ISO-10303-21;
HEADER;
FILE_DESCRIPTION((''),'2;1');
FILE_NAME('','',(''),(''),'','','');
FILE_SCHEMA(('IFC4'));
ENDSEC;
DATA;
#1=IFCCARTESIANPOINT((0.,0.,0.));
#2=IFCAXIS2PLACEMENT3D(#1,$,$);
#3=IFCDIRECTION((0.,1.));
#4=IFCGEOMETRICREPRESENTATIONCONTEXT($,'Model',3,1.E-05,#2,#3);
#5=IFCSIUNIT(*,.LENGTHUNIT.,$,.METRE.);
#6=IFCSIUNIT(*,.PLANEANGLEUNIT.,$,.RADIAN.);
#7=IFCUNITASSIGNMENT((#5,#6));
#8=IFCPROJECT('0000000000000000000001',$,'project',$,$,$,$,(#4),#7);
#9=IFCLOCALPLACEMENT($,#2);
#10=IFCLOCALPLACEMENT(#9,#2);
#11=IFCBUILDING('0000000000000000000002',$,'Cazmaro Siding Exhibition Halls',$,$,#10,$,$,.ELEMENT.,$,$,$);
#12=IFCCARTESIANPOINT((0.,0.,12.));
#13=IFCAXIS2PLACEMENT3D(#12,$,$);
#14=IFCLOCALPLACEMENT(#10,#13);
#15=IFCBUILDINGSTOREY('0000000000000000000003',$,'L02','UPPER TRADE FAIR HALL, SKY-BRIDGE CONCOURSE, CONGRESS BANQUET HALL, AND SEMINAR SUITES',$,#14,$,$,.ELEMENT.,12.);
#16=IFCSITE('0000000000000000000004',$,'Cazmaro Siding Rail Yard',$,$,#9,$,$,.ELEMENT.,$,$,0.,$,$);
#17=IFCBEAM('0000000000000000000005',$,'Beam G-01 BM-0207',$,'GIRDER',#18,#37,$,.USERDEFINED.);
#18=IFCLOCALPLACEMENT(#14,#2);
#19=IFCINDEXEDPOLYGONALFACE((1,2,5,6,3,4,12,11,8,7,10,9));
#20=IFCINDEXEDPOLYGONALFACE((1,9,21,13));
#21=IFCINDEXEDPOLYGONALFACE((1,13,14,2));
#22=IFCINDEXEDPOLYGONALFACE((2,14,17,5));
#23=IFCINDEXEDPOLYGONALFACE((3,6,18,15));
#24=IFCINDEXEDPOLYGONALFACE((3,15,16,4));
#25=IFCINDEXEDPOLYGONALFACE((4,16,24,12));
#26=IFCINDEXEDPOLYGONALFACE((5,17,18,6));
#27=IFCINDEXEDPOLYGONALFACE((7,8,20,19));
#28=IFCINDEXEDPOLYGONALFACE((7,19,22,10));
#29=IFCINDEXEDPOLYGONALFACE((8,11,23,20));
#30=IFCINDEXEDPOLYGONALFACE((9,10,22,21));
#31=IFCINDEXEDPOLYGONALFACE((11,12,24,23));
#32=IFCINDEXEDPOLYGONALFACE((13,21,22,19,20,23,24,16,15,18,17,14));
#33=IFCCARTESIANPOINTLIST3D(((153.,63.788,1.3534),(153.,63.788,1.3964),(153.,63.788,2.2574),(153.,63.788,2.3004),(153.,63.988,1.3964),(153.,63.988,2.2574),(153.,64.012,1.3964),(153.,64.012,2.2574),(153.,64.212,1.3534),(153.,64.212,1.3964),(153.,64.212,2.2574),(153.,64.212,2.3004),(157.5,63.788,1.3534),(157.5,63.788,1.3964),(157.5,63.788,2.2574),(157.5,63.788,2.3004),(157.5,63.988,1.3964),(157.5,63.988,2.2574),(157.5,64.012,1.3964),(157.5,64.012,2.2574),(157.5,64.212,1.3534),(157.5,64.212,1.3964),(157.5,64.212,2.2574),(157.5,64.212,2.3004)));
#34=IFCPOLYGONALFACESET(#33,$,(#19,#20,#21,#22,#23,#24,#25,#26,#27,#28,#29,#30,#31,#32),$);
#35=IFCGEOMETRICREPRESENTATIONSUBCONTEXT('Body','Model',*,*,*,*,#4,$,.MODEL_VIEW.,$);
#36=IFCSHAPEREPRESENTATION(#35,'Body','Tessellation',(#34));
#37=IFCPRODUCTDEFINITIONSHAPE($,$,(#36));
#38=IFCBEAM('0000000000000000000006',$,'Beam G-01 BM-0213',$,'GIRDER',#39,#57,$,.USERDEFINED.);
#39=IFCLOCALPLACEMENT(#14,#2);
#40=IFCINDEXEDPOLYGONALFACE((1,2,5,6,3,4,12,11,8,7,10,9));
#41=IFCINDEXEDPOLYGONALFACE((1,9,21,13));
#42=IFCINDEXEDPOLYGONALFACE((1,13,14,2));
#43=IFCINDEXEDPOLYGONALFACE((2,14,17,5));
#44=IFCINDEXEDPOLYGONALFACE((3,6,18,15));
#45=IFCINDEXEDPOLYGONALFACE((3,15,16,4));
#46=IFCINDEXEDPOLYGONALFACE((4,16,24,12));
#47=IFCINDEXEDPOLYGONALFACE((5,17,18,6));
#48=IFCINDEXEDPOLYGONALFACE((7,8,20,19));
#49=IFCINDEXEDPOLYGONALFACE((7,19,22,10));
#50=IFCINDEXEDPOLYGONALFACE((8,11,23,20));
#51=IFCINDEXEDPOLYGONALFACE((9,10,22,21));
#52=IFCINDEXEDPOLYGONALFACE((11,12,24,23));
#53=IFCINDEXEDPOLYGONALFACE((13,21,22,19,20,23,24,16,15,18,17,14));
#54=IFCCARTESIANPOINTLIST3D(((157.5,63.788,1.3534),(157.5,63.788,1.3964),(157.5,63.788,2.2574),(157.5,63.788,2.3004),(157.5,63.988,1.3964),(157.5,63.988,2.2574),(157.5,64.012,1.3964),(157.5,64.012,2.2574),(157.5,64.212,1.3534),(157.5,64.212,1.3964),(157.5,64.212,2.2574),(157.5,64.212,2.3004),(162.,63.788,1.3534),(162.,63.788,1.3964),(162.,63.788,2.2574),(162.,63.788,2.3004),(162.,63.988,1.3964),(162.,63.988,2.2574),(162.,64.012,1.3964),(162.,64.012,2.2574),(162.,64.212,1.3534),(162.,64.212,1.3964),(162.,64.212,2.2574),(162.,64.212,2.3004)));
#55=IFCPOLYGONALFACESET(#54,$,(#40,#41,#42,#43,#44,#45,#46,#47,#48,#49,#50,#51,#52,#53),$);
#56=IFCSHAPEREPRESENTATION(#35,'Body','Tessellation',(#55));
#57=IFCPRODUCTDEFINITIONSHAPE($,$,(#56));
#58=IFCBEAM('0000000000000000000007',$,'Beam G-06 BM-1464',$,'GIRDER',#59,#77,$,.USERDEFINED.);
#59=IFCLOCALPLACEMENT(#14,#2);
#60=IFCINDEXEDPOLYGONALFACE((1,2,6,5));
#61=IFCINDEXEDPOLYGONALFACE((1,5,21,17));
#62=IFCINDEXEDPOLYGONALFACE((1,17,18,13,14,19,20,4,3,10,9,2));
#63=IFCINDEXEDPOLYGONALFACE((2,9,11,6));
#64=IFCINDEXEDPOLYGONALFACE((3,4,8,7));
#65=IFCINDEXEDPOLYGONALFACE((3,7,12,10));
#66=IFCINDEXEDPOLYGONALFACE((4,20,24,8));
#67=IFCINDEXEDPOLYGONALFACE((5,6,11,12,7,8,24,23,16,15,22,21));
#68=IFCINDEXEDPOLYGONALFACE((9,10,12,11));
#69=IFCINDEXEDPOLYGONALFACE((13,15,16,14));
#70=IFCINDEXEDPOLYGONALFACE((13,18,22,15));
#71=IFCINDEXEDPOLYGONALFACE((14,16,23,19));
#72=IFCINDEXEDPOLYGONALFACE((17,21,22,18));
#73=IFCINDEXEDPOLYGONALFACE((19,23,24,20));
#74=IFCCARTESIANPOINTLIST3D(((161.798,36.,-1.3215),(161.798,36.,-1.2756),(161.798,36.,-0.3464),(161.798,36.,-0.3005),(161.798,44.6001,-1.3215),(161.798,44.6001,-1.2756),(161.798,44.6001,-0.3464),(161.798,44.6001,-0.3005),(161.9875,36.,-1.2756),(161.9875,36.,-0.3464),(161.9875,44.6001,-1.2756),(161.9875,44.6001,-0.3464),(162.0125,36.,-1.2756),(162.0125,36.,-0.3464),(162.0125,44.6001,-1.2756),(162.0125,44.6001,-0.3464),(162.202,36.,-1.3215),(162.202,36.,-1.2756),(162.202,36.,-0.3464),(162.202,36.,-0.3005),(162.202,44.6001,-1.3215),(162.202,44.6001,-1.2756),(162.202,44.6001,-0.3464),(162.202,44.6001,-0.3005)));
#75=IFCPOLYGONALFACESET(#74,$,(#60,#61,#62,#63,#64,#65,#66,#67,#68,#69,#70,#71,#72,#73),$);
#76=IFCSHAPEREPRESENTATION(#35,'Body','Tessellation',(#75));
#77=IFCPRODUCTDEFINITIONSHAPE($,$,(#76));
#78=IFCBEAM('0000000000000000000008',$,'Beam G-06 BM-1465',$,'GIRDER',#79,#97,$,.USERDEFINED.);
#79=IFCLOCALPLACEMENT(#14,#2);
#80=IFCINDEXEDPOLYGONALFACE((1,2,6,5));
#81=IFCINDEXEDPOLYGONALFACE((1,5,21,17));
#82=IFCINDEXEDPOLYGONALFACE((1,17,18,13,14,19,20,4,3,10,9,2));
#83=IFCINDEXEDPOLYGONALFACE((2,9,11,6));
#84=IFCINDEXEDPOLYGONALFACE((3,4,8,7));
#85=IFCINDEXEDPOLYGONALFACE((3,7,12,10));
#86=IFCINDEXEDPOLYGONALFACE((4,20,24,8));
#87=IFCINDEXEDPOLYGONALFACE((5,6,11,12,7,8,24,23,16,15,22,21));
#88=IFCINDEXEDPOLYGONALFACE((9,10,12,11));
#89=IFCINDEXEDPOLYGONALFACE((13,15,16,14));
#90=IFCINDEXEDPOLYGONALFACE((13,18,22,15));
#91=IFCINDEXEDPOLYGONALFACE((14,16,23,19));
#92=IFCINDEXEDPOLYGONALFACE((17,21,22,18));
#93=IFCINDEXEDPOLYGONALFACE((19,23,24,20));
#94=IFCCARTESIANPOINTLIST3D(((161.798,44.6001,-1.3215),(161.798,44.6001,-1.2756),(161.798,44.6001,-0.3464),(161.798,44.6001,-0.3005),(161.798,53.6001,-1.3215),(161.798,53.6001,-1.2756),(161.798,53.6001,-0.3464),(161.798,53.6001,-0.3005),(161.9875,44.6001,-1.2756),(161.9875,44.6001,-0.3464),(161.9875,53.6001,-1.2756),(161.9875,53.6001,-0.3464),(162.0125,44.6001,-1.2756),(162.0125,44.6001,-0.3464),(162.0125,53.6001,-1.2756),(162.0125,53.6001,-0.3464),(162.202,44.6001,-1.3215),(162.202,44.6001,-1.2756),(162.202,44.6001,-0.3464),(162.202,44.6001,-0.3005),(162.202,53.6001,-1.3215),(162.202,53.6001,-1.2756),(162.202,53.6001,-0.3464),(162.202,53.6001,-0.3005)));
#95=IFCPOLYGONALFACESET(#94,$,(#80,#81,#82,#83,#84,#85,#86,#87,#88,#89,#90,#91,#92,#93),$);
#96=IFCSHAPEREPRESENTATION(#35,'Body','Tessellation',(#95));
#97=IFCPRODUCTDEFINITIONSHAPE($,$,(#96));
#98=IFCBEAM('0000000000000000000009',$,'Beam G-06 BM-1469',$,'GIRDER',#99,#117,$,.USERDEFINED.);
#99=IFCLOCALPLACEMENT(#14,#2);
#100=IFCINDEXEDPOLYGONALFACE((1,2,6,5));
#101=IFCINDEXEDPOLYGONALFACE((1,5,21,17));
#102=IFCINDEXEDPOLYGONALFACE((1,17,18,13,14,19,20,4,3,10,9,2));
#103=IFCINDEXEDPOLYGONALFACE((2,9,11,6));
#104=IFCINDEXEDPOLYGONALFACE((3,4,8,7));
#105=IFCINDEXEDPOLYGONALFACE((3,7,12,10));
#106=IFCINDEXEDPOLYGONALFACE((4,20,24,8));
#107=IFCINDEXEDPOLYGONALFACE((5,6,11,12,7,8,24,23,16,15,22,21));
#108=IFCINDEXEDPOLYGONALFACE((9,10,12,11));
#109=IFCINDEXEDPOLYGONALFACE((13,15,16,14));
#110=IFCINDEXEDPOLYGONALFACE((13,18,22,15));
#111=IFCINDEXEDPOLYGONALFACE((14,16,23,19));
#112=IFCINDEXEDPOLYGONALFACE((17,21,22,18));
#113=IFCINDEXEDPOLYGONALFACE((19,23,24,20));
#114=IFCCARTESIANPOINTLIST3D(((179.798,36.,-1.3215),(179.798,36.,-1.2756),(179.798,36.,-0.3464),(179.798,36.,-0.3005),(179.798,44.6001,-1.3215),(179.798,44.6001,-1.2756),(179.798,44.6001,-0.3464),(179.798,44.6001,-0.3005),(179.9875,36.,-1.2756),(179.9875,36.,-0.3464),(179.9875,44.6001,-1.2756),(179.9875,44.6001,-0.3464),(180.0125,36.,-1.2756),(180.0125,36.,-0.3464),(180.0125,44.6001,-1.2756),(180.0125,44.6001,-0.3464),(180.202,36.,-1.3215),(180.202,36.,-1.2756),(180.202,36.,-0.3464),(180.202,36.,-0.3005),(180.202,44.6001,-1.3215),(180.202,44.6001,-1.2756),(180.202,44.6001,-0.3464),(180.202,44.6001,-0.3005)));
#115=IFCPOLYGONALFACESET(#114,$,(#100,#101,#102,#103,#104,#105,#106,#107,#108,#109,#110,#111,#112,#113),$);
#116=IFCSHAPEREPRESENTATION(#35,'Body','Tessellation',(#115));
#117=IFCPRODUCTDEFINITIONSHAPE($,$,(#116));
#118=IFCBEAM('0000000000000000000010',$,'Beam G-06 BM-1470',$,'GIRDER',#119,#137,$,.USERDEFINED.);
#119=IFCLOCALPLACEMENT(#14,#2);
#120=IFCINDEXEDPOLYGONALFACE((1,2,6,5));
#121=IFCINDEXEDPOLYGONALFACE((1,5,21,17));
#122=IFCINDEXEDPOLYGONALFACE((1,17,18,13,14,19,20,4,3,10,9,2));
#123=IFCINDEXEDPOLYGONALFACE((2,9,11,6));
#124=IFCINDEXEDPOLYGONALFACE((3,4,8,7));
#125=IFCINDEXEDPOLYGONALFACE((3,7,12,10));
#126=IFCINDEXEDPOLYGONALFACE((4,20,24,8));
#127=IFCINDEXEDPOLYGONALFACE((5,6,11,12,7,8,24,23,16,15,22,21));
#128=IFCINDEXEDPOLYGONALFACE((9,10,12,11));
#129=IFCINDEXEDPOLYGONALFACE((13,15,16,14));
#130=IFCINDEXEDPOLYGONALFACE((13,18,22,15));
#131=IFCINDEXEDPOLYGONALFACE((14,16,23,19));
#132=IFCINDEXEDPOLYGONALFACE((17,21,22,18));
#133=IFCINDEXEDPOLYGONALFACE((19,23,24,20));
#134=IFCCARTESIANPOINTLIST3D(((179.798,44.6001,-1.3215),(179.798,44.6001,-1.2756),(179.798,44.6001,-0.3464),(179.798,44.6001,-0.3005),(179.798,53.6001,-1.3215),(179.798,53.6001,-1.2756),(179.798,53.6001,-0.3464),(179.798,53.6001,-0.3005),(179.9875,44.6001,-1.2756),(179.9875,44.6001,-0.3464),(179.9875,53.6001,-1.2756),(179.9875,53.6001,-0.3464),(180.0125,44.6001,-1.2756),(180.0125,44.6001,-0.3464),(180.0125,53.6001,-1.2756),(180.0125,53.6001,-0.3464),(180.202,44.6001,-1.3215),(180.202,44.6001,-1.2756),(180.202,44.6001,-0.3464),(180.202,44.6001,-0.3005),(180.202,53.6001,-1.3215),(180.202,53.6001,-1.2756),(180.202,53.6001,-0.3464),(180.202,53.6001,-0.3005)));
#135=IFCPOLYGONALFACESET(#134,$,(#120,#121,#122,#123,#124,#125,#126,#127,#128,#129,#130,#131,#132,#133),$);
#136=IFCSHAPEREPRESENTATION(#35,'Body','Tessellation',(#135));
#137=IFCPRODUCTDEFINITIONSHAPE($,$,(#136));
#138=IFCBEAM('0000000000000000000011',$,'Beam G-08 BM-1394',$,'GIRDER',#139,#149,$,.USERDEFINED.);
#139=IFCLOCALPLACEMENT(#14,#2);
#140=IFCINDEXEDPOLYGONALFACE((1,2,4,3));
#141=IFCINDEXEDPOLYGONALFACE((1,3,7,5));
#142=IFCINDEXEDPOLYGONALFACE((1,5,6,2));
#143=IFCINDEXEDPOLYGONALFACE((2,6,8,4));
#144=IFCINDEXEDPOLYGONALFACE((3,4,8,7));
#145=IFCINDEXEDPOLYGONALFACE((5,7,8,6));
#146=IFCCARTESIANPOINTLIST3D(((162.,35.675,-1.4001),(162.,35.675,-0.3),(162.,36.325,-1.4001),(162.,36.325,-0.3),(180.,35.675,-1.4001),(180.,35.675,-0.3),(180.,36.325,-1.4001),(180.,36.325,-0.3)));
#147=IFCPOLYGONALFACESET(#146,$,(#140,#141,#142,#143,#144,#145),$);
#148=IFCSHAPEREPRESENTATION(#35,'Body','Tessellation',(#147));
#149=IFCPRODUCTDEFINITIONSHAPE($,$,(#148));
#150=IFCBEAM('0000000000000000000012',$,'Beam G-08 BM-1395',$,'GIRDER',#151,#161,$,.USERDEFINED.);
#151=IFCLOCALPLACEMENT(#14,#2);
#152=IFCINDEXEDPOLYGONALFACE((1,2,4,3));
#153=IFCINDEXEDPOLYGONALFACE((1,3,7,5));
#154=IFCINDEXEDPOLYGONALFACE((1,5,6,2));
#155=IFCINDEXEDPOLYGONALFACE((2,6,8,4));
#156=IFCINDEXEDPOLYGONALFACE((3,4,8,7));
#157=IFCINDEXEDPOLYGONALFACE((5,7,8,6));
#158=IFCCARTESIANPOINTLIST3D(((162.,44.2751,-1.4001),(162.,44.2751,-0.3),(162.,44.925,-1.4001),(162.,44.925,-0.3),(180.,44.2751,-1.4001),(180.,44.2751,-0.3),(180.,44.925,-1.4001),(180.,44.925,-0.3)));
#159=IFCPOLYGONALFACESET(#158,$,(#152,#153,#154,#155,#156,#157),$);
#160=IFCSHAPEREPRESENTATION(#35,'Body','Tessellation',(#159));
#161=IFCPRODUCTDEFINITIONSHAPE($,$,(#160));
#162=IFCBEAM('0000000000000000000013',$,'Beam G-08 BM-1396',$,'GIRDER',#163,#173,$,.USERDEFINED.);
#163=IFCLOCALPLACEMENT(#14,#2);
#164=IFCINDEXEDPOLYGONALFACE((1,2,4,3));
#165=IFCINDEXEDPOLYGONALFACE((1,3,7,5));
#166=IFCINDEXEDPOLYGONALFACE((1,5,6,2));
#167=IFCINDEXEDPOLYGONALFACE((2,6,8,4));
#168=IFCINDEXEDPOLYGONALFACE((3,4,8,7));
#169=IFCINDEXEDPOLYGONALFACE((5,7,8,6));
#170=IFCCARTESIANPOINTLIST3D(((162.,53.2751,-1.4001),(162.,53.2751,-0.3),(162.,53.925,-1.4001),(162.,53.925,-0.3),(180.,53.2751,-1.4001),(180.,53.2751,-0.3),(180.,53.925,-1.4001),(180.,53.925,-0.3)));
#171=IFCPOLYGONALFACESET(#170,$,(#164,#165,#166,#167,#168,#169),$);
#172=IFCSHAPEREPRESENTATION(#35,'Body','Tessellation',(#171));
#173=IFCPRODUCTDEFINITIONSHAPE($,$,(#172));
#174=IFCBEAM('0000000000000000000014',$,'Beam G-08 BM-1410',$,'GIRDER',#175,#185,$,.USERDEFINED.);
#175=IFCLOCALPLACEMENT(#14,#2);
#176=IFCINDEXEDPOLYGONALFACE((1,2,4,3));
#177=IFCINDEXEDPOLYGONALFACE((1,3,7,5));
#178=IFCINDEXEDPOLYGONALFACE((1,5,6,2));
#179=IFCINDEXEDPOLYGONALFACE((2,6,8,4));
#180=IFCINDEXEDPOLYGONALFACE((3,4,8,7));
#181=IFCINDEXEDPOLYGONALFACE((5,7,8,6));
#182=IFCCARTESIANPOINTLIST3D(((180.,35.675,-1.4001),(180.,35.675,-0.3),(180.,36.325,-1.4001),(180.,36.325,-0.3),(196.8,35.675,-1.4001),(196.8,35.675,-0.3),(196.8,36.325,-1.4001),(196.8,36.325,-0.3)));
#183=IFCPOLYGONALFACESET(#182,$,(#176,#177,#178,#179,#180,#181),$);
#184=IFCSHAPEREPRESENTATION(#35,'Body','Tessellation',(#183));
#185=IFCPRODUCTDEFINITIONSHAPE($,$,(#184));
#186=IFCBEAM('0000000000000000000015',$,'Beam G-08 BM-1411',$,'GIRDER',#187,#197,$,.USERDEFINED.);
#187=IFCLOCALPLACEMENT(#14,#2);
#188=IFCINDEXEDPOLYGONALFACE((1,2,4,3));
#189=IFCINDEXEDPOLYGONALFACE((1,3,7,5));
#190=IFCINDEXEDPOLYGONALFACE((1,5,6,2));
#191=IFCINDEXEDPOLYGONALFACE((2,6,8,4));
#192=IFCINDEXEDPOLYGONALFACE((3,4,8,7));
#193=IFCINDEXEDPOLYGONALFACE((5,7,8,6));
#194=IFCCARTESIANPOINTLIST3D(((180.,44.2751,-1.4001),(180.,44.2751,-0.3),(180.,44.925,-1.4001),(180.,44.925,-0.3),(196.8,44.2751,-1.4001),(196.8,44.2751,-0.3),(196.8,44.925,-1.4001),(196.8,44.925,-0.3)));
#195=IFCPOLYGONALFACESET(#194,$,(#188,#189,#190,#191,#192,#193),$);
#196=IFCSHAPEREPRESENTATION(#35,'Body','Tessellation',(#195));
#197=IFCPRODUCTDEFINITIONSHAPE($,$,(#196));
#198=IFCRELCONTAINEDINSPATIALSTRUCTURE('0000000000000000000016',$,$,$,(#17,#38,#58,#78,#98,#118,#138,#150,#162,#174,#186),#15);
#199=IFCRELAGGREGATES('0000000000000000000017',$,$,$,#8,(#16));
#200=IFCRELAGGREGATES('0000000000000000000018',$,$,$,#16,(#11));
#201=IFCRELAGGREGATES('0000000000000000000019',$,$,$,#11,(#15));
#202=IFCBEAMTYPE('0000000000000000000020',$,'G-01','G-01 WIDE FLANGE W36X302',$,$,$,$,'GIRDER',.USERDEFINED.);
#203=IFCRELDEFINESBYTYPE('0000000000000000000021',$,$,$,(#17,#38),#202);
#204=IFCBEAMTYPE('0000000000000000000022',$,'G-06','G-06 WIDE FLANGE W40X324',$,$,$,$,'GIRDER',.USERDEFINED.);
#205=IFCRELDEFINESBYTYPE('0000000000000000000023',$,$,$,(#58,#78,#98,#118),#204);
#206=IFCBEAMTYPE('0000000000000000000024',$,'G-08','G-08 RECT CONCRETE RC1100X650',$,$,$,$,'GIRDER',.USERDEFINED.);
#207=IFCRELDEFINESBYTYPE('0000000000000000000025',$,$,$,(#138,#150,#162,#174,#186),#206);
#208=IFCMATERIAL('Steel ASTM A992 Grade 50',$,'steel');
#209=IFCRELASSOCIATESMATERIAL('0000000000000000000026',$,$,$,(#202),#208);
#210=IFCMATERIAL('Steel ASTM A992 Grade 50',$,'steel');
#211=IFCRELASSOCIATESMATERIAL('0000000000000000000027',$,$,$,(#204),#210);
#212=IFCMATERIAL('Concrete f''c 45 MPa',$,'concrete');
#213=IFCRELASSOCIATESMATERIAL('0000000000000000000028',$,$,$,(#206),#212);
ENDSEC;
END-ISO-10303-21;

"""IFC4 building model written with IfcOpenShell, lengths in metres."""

from ifc_helpers import new_model, si_unit, direction, frame, origin, origin_2d, place, context, subcontext, project, spatial, rectangle, i_section, extrude, material, material_profile, profile_set, type_object, element, save


model = new_model("IFC4")

# Units and contexts
model_context = context("Model", 3, precision=1e-05, world=origin(), true_north=direction((0.0, 1.0)))
body_context = subcontext(model_context, "Body", "Model", "MODEL_VIEW")
ifc_project = project(units=[si_unit("LENGTHUNIT", "METRE"), si_unit("PLANEANGLEUNIT", "RADIAN")], contexts=[model_context])

# Site, building, storey
site_placement = place(None, origin())
site = spatial("IfcSite", under=ifc_project, at=site_placement, Name="Cazmaro Siding Rail Yard", CompositionType="ELEMENT", RefElevation=0.0)
building_placement = place(site_placement, origin())
building = spatial("IfcBuilding", under=site, at=building_placement, Name="Cazmaro Siding Exhibition Halls", CompositionType="ELEMENT")
storey_placement = place(building_placement, frame((0.0, 0.0, 12.0)))
storey = spatial("IfcBuildingStorey", under=building, at=storey_placement, Name="L02", Description="UPPER TRADE FAIR HALL, SKY-BRIDGE CONCOURSE, CONGRESS BANQUET HALL, AND SEMINAR SUITES", CompositionType="ELEMENT", Elevation=12.0)

# Beams
ifc_material_1 = material(Name="Steel ASTM A992 Grade 50", Category="steel")
ifc_material_profile_1 = material_profile(ifc_material_1, i_section(OverallWidth=0.4241, OverallDepth=0.947, WebThickness=0.0239, FlangeThickness=0.043, at=origin_2d()), Name="W36X302")
ifc_profile_set_1 = profile_set([ifc_material_profile_1], Name="Steel ASTM A992 Grade 50")
beam_type_1 = type_object("IfcBeamType", Name="G-01", Description="G-01 WIDE FLANGE W36X302", ElementType="GIRDER", PredefinedType="USERDEFINED", material=ifc_profile_set_1)
for number, where, z_axis, x_axis, name in (
    (1, (153.0, 64.0, 1.8269), (1.0, 0.0, 0.0), (0.0, 1.0, 0.0), "Beam G-01 BM-0207"),
    (2, (157.5, 64.0, 1.8269), (1.0, 0.0, 0.0), (0.0, 1.0, 0.0), "Beam G-01 BM-0213"),
):
    element("IfcBeam", number, at=place(storey_placement, frame(where, z_axis=z_axis, x_axis=x_axis)), inside=storey, type_object=beam_type_1, Name=name, ObjectType="GIRDER", PredefinedType="USERDEFINED", context=body_context, shape_type="SweptSolid", body=[
        extrude(i_section(OverallWidth=0.4241, OverallDepth=0.947, WebThickness=0.0239, FlangeThickness=0.043, at=origin_2d()), origin(), (0.0, 0.0, 1.0), 4.5),
    ])
ifc_material_2 = material(Name="Steel ASTM A992 Grade 50", Category="steel")
ifc_material_profile_2 = material_profile(ifc_material_2, i_section(OverallWidth=0.4041, OverallDepth=1.021, WebThickness=0.0249, FlangeThickness=0.0459, at=origin_2d()), Name="W40X324")
ifc_profile_set_2 = profile_set([ifc_material_profile_2], Name="Steel ASTM A992 Grade 50")
beam_type_2 = type_object("IfcBeamType", Name="G-06", Description="G-06 WIDE FLANGE W40X324", ElementType="GIRDER", PredefinedType="USERDEFINED", material=ifc_profile_set_2)
beam_1_placement = place(storey_placement, frame((162.0, 36.0, -0.811), z_axis=(0.0, 1.0, 0.0), x_axis=(-1.0, 0.0, 0.0)))
element("IfcBeam", 3, at=beam_1_placement, inside=storey, type_object=beam_type_2, Name="Beam G-06 BM-1464", ObjectType="GIRDER", PredefinedType="USERDEFINED", context=body_context, shape_type="SweptSolid", body=[
    extrude(i_section(OverallWidth=0.4041, OverallDepth=1.021, WebThickness=0.0249, FlangeThickness=0.0459, at=origin_2d()), origin(), (0.0, 0.0, 1.0), 8.6001),
])
beam_2_placement = place(storey_placement, frame((162.0, 44.6001, -0.811), z_axis=(0.0, 1.0, 0.0), x_axis=(-1.0, 0.0, 0.0)))
element("IfcBeam", 4, at=beam_2_placement, inside=storey, type_object=beam_type_2, Name="Beam G-06 BM-1465", ObjectType="GIRDER", PredefinedType="USERDEFINED", context=body_context, shape_type="SweptSolid", body=[
    extrude(i_section(OverallWidth=0.4041, OverallDepth=1.021, WebThickness=0.0249, FlangeThickness=0.0459, at=origin_2d()), origin(), (0.0, 0.0, 1.0), 9.0),
])
beam_3_placement = place(storey_placement, frame((180.0, 36.0, -0.811), z_axis=(0.0, 1.0, 0.0), x_axis=(-1.0, 0.0, 0.0)))
element("IfcBeam", 5, at=beam_3_placement, inside=storey, type_object=beam_type_2, Name="Beam G-06 BM-1469", ObjectType="GIRDER", PredefinedType="USERDEFINED", context=body_context, shape_type="SweptSolid", body=[
    extrude(i_section(OverallWidth=0.4041, OverallDepth=1.021, WebThickness=0.0249, FlangeThickness=0.0459, at=origin_2d()), origin(), (0.0, 0.0, 1.0), 8.6001),
])
beam_4_placement = place(storey_placement, frame((180.0, 44.6001, -0.811), z_axis=(0.0, 1.0, 0.0), x_axis=(-1.0, 0.0, 0.0)))
element("IfcBeam", 6, at=beam_4_placement, inside=storey, type_object=beam_type_2, Name="Beam G-06 BM-1470", ObjectType="GIRDER", PredefinedType="USERDEFINED", context=body_context, shape_type="SweptSolid", body=[
    extrude(i_section(OverallWidth=0.4041, OverallDepth=1.021, WebThickness=0.0249, FlangeThickness=0.0459, at=origin_2d()), origin(), (0.0, 0.0, 1.0), 9.0),
])
ifc_material_3 = material(Name="Concrete f'c 45 MPa", Category="concrete")
ifc_material_profile_3 = material_profile(ifc_material_3, rectangle(XDim=0.6499, YDim=1.1001, at=origin_2d()), Name="RC1100X650")
ifc_profile_set_3 = profile_set([ifc_material_profile_3], Name="Concrete f'c 45 MPa")
beam_type_3 = type_object("IfcBeamType", Name="G-08", Description="G-08 RECT CONCRETE RC1100X650", ElementType="GIRDER", PredefinedType="USERDEFINED", material=ifc_profile_set_3)
for number, where, z_axis, x_axis, name in (
    (7, (162.0, 36.0, -0.8501), (1.0, 0.0, 0.0), (0.0, 1.0, 0.0), "Beam G-08 BM-1394"),
    (8, (162.0, 44.6001, -0.8501), (1.0, 0.0, 0.0), (0.0, 1.0, 0.0), "Beam G-08 BM-1395"),
    (9, (162.0, 53.6001, -0.8501), (1.0, 0.0, 0.0), (0.0, 1.0, 0.0), "Beam G-08 BM-1396"),
):
    element("IfcBeam", number, at=place(storey_placement, frame(where, z_axis=z_axis, x_axis=x_axis)), inside=storey, type_object=beam_type_3, Name=name, ObjectType="GIRDER", PredefinedType="USERDEFINED", context=body_context, shape_type="SweptSolid", body=[
        extrude(rectangle(XDim=0.6499, YDim=1.1001, at=origin_2d()), origin(), (0.0, 0.0, 1.0), 18.0),
    ])
for number, where, z_axis, x_axis, name in (
    (10, (180.0, 36.0, -0.8501), (1.0, 0.0, 0.0), (0.0, 1.0, 0.0), "Beam G-08 BM-1410"),
    (11, (180.0, 44.6001, -0.8501), (1.0, 0.0, 0.0), (0.0, 1.0, 0.0), "Beam G-08 BM-1411"),
):
    element("IfcBeam", number, at=place(storey_placement, frame(where, z_axis=z_axis, x_axis=x_axis)), inside=storey, type_object=beam_type_3, Name=name, ObjectType="GIRDER", PredefinedType="USERDEFINED", context=body_context, shape_type="SweptSolid", body=[
        extrude(rectangle(XDim=0.6499, YDim=1.1001, at=origin_2d()), origin(), (0.0, 0.0, 1.0), 16.8),
    ])

save(model, "model.ifc")
